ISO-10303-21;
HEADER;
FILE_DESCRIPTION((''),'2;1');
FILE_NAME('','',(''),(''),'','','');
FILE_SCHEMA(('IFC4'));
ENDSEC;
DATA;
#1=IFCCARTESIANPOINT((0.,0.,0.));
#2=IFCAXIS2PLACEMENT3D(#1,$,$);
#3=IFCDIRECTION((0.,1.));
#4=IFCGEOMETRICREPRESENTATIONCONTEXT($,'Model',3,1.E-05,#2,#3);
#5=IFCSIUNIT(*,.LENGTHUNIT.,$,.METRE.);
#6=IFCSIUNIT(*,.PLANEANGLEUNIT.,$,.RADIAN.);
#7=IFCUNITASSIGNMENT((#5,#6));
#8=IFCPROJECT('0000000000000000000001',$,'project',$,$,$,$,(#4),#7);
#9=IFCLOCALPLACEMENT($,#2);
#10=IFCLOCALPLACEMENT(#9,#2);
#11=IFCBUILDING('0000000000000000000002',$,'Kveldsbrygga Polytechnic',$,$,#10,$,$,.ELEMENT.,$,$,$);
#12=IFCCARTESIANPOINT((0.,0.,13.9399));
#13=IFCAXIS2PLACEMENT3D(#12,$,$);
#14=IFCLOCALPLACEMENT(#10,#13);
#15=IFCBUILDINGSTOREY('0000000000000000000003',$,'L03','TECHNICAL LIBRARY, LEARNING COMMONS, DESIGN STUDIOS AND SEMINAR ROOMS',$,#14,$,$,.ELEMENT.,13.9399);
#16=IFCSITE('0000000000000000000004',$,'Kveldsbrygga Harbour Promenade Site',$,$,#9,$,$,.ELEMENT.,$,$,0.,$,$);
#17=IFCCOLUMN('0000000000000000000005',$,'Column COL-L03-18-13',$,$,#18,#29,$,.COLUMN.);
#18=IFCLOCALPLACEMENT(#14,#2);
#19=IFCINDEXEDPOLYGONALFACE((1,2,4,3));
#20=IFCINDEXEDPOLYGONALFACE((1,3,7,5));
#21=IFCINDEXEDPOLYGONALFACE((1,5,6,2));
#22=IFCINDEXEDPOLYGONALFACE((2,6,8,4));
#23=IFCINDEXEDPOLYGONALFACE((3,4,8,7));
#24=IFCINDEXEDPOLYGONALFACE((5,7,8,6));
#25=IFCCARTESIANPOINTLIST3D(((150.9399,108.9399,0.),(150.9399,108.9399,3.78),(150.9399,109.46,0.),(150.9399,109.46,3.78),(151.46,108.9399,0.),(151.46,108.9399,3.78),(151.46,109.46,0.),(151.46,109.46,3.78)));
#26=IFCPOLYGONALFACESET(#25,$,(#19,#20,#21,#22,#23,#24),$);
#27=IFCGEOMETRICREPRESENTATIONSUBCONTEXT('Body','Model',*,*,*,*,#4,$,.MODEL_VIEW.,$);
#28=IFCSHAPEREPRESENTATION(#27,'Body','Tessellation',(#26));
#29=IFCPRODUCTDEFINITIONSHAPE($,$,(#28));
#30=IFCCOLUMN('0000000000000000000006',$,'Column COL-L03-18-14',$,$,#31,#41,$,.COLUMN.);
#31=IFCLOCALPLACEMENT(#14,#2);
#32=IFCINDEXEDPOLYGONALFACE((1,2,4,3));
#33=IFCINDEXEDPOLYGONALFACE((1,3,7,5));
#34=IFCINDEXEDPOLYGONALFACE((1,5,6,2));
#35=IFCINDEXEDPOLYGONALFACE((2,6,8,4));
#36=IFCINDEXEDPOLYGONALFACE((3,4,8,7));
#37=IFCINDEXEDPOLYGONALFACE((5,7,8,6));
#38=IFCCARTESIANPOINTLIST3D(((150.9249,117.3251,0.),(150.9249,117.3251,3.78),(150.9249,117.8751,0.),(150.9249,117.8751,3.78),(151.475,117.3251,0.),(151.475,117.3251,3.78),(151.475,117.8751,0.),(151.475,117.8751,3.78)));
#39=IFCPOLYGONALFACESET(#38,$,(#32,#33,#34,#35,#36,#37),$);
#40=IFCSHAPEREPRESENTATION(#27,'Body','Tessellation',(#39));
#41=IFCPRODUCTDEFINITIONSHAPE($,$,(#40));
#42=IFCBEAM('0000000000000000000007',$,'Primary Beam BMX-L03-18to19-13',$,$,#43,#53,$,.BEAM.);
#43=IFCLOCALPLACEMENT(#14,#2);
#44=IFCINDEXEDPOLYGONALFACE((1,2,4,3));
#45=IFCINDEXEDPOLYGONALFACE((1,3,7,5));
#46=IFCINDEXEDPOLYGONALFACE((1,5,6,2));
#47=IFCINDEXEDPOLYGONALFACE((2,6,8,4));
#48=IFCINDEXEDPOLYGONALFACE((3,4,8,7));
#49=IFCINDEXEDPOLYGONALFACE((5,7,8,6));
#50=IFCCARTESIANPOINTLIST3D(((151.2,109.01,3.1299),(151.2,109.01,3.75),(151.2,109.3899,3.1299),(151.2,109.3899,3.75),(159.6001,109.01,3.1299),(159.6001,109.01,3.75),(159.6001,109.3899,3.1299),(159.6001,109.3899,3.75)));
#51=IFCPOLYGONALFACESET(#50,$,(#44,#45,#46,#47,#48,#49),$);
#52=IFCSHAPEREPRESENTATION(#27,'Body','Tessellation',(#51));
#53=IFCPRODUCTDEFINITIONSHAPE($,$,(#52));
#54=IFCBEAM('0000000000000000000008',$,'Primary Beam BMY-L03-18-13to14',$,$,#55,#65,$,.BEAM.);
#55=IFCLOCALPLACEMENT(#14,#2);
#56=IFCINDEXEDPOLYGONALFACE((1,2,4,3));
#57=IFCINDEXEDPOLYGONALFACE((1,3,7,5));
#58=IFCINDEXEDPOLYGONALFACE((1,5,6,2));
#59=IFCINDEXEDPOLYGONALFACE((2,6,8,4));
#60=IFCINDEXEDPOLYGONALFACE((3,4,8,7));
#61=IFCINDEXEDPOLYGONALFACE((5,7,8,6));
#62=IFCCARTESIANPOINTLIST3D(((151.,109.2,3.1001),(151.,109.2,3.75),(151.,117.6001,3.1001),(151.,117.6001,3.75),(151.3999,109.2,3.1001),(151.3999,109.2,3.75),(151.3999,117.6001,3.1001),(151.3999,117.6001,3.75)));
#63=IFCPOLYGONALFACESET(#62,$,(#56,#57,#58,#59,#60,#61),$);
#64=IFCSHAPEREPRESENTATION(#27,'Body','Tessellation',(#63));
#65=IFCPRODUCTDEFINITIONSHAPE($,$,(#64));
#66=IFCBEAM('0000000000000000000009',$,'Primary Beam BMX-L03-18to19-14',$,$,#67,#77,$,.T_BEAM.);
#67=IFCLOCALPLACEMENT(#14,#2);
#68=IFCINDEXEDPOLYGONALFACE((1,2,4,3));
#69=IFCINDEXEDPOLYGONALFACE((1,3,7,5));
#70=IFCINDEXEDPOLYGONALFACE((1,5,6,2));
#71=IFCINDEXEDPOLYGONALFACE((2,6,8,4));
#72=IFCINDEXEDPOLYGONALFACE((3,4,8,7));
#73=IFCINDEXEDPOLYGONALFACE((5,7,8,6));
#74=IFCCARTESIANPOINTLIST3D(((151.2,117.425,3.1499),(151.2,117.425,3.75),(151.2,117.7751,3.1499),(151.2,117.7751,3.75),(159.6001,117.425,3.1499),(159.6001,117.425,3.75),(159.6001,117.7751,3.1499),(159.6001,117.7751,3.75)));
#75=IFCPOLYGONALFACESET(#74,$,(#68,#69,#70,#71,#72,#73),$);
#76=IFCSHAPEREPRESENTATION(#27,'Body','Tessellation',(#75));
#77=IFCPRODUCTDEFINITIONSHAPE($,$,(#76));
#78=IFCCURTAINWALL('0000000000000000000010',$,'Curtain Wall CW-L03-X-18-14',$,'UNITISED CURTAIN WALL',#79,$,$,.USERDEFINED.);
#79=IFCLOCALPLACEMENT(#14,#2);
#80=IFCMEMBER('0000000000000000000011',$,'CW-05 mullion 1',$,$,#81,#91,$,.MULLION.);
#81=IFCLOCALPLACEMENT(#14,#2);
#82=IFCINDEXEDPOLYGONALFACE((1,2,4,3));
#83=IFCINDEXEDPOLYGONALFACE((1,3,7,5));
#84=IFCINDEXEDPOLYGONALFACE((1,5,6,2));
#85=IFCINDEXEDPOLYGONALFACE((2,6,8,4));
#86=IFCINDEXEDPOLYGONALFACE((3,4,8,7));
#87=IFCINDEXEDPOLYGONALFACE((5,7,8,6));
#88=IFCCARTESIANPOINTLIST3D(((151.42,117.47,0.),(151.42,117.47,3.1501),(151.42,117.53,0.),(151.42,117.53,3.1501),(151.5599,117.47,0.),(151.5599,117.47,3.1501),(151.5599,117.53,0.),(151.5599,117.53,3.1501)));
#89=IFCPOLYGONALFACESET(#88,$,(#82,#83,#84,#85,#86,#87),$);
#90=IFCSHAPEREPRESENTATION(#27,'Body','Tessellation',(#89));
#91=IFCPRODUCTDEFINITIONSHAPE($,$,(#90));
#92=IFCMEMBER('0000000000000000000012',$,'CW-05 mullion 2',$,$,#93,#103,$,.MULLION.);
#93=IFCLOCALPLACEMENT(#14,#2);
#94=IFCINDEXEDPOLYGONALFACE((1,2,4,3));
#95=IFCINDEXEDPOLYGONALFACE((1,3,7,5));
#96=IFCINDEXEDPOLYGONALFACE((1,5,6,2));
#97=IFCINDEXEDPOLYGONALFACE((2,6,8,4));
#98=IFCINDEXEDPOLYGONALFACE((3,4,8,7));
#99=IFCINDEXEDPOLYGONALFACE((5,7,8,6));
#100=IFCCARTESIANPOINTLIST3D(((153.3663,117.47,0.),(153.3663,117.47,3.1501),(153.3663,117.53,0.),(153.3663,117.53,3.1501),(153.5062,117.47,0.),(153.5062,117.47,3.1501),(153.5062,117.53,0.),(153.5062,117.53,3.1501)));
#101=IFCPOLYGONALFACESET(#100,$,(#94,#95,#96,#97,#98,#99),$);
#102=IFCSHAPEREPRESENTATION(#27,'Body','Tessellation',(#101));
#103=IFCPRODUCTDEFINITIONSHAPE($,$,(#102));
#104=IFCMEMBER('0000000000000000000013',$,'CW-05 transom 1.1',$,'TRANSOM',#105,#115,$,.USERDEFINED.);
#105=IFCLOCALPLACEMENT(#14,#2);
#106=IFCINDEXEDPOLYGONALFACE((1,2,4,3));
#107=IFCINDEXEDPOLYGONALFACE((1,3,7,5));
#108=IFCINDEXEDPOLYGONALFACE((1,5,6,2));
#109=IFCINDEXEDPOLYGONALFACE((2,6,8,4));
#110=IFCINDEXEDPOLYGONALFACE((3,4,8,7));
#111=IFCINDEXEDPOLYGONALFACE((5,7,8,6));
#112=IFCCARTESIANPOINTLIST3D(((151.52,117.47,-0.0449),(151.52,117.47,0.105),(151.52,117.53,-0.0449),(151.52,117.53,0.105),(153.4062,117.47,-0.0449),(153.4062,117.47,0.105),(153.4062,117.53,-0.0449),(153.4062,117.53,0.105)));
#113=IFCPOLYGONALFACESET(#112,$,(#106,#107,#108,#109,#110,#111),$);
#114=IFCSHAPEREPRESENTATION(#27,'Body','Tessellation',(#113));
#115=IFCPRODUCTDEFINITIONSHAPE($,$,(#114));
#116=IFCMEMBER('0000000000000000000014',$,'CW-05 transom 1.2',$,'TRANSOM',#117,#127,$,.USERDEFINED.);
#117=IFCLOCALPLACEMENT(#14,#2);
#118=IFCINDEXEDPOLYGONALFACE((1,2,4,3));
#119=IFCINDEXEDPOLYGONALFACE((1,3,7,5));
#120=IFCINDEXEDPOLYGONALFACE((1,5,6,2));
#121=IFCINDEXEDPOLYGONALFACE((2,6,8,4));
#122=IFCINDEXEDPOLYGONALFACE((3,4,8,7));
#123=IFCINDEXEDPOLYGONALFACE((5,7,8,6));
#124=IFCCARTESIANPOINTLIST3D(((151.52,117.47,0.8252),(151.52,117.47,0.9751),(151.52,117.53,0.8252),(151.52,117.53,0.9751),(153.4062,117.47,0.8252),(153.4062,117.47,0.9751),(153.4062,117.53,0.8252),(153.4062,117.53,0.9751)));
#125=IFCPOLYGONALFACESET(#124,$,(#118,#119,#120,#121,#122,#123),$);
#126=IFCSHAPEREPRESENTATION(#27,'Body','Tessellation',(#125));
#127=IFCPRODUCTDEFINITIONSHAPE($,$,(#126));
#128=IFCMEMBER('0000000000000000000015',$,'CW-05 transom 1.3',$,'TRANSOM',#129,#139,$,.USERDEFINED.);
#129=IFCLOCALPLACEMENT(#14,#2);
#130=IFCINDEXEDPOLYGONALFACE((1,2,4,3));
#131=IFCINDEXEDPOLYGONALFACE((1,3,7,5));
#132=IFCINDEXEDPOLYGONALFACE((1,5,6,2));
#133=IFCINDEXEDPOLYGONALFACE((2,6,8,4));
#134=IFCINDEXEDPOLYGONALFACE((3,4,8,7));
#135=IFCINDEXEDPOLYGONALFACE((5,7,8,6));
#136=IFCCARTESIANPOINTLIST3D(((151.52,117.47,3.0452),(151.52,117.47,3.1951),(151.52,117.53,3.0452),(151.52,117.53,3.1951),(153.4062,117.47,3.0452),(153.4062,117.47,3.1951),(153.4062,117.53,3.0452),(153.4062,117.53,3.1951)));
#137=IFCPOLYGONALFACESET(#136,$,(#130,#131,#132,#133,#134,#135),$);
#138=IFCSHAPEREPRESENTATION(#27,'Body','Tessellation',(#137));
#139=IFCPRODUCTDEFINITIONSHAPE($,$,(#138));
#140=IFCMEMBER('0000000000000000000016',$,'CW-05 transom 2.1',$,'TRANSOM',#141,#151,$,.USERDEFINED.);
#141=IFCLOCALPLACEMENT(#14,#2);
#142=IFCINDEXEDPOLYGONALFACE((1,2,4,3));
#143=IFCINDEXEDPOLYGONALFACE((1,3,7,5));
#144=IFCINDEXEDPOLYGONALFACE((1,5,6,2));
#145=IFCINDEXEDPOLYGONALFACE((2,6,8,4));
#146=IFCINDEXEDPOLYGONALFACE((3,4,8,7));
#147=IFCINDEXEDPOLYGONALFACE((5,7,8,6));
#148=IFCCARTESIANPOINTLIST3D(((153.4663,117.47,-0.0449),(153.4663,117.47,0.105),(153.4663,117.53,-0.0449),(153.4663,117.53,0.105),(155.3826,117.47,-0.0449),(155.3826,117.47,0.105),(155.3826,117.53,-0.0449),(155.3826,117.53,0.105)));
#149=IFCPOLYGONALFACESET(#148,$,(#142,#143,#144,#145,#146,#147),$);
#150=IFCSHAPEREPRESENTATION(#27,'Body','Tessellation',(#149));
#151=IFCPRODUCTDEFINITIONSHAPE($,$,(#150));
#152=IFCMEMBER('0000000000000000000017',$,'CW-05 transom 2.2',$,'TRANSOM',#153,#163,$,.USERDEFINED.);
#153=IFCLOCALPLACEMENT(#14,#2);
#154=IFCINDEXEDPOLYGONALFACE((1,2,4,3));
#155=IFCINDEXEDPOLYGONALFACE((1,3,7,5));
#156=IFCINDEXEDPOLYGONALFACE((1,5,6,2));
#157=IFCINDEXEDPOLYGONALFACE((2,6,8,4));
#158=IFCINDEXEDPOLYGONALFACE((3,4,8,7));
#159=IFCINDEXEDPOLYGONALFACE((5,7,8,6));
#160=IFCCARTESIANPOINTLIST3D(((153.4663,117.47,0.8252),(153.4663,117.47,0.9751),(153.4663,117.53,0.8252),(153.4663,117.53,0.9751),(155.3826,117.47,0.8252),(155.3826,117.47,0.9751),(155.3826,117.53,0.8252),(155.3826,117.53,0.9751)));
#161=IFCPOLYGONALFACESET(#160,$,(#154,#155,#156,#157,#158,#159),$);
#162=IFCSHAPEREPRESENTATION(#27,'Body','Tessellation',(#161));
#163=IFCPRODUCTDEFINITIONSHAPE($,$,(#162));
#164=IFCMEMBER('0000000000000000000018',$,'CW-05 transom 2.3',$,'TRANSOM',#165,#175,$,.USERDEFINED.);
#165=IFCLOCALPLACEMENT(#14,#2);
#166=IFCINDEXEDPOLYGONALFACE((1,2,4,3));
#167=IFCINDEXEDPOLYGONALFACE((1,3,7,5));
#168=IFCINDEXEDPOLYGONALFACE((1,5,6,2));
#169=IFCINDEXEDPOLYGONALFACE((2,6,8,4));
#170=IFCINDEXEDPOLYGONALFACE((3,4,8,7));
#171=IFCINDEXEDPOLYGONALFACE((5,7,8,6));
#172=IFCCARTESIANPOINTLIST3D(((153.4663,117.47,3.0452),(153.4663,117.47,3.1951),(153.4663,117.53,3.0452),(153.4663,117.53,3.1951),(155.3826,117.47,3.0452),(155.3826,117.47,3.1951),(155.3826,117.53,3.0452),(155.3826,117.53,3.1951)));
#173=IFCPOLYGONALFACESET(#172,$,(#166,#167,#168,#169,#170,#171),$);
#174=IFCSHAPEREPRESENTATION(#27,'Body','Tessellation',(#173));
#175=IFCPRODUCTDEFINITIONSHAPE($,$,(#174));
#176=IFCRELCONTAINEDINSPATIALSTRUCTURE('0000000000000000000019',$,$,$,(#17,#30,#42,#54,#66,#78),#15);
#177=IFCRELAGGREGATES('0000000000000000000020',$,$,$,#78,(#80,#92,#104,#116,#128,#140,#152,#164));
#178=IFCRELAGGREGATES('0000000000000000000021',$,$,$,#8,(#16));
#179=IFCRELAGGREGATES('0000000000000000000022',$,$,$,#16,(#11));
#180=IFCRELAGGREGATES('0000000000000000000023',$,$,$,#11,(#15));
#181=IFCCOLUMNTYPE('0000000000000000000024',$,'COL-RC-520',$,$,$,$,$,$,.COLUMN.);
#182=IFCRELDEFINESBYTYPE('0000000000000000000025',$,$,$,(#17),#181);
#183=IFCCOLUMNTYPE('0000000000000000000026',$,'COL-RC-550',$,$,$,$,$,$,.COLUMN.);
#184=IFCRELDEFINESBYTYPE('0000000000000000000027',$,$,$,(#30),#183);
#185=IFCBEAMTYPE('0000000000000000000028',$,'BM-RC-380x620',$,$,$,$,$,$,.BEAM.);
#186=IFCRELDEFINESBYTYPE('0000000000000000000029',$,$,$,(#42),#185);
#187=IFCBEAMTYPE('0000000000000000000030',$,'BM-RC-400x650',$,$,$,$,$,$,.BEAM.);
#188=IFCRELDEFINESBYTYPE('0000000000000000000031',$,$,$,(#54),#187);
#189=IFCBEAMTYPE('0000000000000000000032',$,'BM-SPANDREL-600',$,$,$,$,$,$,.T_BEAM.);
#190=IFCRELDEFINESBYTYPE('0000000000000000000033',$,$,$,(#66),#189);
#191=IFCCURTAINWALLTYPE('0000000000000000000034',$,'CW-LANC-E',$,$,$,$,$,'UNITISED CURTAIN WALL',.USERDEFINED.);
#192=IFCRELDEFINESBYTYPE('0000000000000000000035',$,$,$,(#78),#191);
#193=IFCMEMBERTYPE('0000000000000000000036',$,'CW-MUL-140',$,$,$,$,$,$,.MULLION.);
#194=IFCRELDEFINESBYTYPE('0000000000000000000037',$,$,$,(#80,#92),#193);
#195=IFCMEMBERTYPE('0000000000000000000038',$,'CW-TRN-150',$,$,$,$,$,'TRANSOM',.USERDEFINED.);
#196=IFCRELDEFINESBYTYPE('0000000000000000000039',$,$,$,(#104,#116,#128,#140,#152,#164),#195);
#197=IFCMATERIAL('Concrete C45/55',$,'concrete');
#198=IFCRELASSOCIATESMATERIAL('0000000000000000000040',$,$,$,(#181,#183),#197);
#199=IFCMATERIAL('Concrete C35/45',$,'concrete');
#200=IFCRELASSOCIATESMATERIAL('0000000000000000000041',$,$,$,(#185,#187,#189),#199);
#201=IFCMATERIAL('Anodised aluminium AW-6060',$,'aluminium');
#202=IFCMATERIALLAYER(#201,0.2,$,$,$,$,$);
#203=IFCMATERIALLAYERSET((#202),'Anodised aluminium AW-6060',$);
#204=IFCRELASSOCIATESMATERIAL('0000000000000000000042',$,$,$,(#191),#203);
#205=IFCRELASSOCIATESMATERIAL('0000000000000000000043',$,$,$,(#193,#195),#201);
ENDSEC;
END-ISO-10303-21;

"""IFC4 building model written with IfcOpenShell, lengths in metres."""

from ifc_helpers import new_model, si_unit, direction, frame, origin, origin_2d, place, context, subcontext, project, spatial, rectangle, extrude, material, layer, layer_set, material_profile, profile_set, type_object, element, aggregate, save


model = new_model("IFC4")

# Units and contexts
model_context = context("Model", 3, precision=1e-05, world=origin(), true_north=direction((0.0, 1.0)))
body_context = subcontext(model_context, "Body", "Model", "MODEL_VIEW")
ifc_project = project(units=[si_unit("LENGTHUNIT", "METRE"), si_unit("PLANEANGLEUNIT", "RADIAN")], contexts=[model_context])

# Site, building, storey
site_placement = place(None, origin())
site = spatial("IfcSite", under=ifc_project, at=site_placement, Name="Kveldsbrygga Harbour Promenade Site", CompositionType="ELEMENT", RefElevation=0.0)
building_placement = place(site_placement, origin())
building = spatial("IfcBuilding", under=site, at=building_placement, Name="Kveldsbrygga Polytechnic", CompositionType="ELEMENT")
storey_placement = place(building_placement, frame((0.0, 0.0, 13.9399)))
storey = spatial("IfcBuildingStorey", under=building, at=storey_placement, Name="L03", Description="TECHNICAL LIBRARY, LEARNING COMMONS, DESIGN STUDIOS AND SEMINAR ROOMS", CompositionType="ELEMENT", Elevation=13.9399)

# Columns
ifc_material_1 = material(Name="Concrete C45/55", Category="concrete")
ifc_material_profile_1 = material_profile(ifc_material_1, rectangle(XDim=0.52, YDim=0.52, at=origin_2d()), Name="RC 520x520")
ifc_profile_set_1 = profile_set([ifc_material_profile_1], Name="Concrete C45/55")
column_type_1 = type_object("IfcColumnType", Name="COL-RC-520", PredefinedType="COLUMN", material=ifc_profile_set_1)
column_1_placement = place(storey_placement, frame((151.2, 109.2, 0.0), z_axis=(0.0, 0.0, 1.0), x_axis=(1.0, 0.0, 0.0)))
element("IfcColumn", 1, at=column_1_placement, inside=storey, type_object=column_type_1, Name="Column COL-L03-18-13", PredefinedType="COLUMN", context=body_context, shape_type="SweptSolid", body=[
    extrude(rectangle(XDim=0.52, YDim=0.52, at=origin_2d()), origin(), (0.0, 0.0, 1.0), 3.78),
])
ifc_material_profile_2 = material_profile(ifc_material_1, rectangle(XDim=0.55, YDim=0.55, at=origin_2d()), Name="RC 550x550")
ifc_profile_set_2 = profile_set([ifc_material_profile_2], Name="Concrete C45/55")
column_type_2 = type_object("IfcColumnType", Name="COL-RC-550", PredefinedType="COLUMN", material=ifc_profile_set_2)
column_2_placement = place(storey_placement, frame((151.2, 117.6001, 0.0), z_axis=(0.0, 0.0, 1.0), x_axis=(1.0, 0.0, 0.0)))
element("IfcColumn", 2, at=column_2_placement, inside=storey, type_object=column_type_2, Name="Column COL-L03-18-14", PredefinedType="COLUMN", context=body_context, shape_type="SweptSolid", body=[
    extrude(rectangle(XDim=0.55, YDim=0.55, at=origin_2d()), origin(), (0.0, 0.0, 1.0), 3.78),
])

# Beams
ifc_material_2 = material(Name="Concrete C35/45", Category="concrete")
ifc_material_profile_3 = material_profile(ifc_material_2, rectangle(XDim=0.3799, YDim=0.6201, at=origin_2d()), Name="RC 380x620")
ifc_profile_set_3 = profile_set([ifc_material_profile_3], Name="Concrete C35/45")
beam_type_1 = type_object("IfcBeamType", Name="BM-RC-380x620", PredefinedType="BEAM", material=ifc_profile_set_3)
beam_1_placement = place(storey_placement, frame((151.2, 109.2, 3.4399), z_axis=(1.0, 0.0, 0.0), x_axis=(0.0, 1.0, 0.0)))
element("IfcBeam", 3, at=beam_1_placement, inside=storey, type_object=beam_type_1, Name="Primary Beam BMX-L03-18to19-13", PredefinedType="BEAM", context=body_context, shape_type="SweptSolid", body=[
    extrude(rectangle(XDim=0.3799, YDim=0.6201, at=origin_2d()), origin(), (0.0, 0.0, 1.0), 8.4001),
])
ifc_material_profile_4 = material_profile(ifc_material_2, rectangle(XDim=0.3999, YDim=0.6499, at=origin_2d()), Name="RC 400x650")
ifc_profile_set_4 = profile_set([ifc_material_profile_4], Name="Concrete C35/45")
beam_type_2 = type_object("IfcBeamType", Name="BM-RC-400x650", PredefinedType="BEAM", material=ifc_profile_set_4)
beam_2_placement = place(storey_placement, frame((151.2, 109.2, 3.425), z_axis=(0.0, 1.0, 0.0), x_axis=(-1.0, 0.0, 0.0)))
element("IfcBeam", 4, at=beam_2_placement, inside=storey, type_object=beam_type_2, Name="Primary Beam BMY-L03-18-13to14", PredefinedType="BEAM", context=body_context, shape_type="SweptSolid", body=[
    extrude(rectangle(XDim=0.3999, YDim=0.6499, at=origin_2d()), origin(), (0.0, 0.0, 1.0), 8.4001),
])
ifc_material_profile_5 = material_profile(ifc_material_2, rectangle(XDim=0.3501, YDim=0.6001, at=origin_2d()), Name="RC 350x600")
ifc_profile_set_5 = profile_set([ifc_material_profile_5], Name="Concrete C35/45")
beam_type_3 = type_object("IfcBeamType", Name="BM-SPANDREL-600", PredefinedType="T_BEAM", material=ifc_profile_set_5)
beam_3_placement = place(storey_placement, frame((151.2, 117.6001, 3.45), z_axis=(1.0, 0.0, 0.0), x_axis=(0.0, 1.0, 0.0)))
element("IfcBeam", 5, at=beam_3_placement, inside=storey, type_object=beam_type_3, Name="Primary Beam BMX-L03-18to19-14", PredefinedType="T_BEAM", context=body_context, shape_type="SweptSolid", body=[
    extrude(rectangle(XDim=0.3501, YDim=0.6001, at=origin_2d()), origin(), (0.0, 0.0, 1.0), 8.4001),
])

# Curtain wall, members
ifc_material_3 = material(Name="Anodised aluminium AW-6060", Category="aluminium")
ifc_layer_1 = layer(ifc_material_3, 0.2)
ifc_layer_set_1 = layer_set([ifc_layer_1], Name="Anodised aluminium AW-6060")
curtain_wall_type = type_object("IfcCurtainWallType", Name="CW-LANC-E", ElementType="UNITISED CURTAIN WALL", PredefinedType="USERDEFINED", material=ifc_layer_set_1)
curtain_wall_placement = place(storey_placement, origin())
curtain_wall = element("IfcCurtainWall", 6, at=curtain_wall_placement, inside=storey, type_object=curtain_wall_type, Name="Curtain Wall CW-L03-X-18-14", ObjectType="UNITISED CURTAIN WALL", PredefinedType="USERDEFINED")
ifc_material_profile_6 = material_profile(ifc_material_3, rectangle(XDim=0.0601, YDim=0.1399, at=origin_2d()), Name="ALU 60x140")
ifc_profile_set_6 = profile_set([ifc_material_profile_6], Name="Anodised aluminium AW-6060")
member_type_1 = type_object("IfcMemberType", Name="CW-MUL-140", PredefinedType="MULLION", material=ifc_profile_set_6)
member_1_placement = place(storey_placement, frame((151.49, 117.5, 0.0), z_axis=(0.0, 0.0, 1.0), x_axis=(0.0, 1.0, 0.0)))
member_1 = element("IfcMember", 7, at=member_1_placement, type_object=member_type_1, Name="CW-05 mullion 1", PredefinedType="MULLION", context=body_context, shape_type="SweptSolid", body=[
    extrude(rectangle(XDim=0.0601, YDim=0.1399, at=origin_2d()), origin(), (0.0, 0.0, 1.0), 3.1501),
])
member_2_placement = place(storey_placement, frame((153.4363, 117.5, 0.0), z_axis=(0.0, 0.0, 1.0), x_axis=(0.0, 1.0, 0.0)))
member_2 = element("IfcMember", 8, at=member_2_placement, type_object=member_type_1, Name="CW-05 mullion 2", PredefinedType="MULLION", context=body_context, shape_type="SweptSolid", body=[
    extrude(rectangle(XDim=0.0601, YDim=0.1399, at=origin_2d()), origin(), (0.0, 0.0, 1.0), 3.1501),
])
ifc_material_profile_7 = material_profile(ifc_material_3, rectangle(XDim=0.0601, YDim=0.1499, at=origin_2d()), Name="ALU 60x150")
ifc_profile_set_7 = profile_set([ifc_material_profile_7], Name="Anodised aluminium AW-6060")
member_type_2 = type_object("IfcMemberType", Name="CW-TRN-150", ElementType="TRANSOM", PredefinedType="USERDEFINED", material=ifc_profile_set_7)
member_3_placement = place(storey_placement, frame((151.52, 117.5, 0.03), z_axis=(1.0, 0.0, 0.0), x_axis=(0.0, 1.0, 0.0)))
member_3 = element("IfcMember", 9, at=member_3_placement, type_object=member_type_2, Name="CW-05 transom 1.1", ObjectType="TRANSOM", PredefinedType="USERDEFINED", context=body_context, shape_type="SweptSolid", body=[
    extrude(rectangle(XDim=0.0601, YDim=0.1499, at=origin_2d()), origin(), (0.0, 0.0, 1.0), 1.8862),
])
member_4_placement = place(storey_placement, frame((151.52, 117.5, 0.9001), z_axis=(1.0, 0.0, 0.0), x_axis=(0.0, 1.0, 0.0)))
member_4 = element("IfcMember", 10, at=member_4_placement, type_object=member_type_2, Name="CW-05 transom 1.2", ObjectType="TRANSOM", PredefinedType="USERDEFINED", context=body_context, shape_type="SweptSolid", body=[
    extrude(rectangle(XDim=0.0601, YDim=0.1499, at=origin_2d()), origin(), (0.0, 0.0, 1.0), 1.8862),
])
member_5_placement = place(storey_placement, frame((151.52, 117.5, 3.1201), z_axis=(1.0, 0.0, 0.0), x_axis=(0.0, 1.0, 0.0)))
member_5 = element("IfcMember", 11, at=member_5_placement, type_object=member_type_2, Name="CW-05 transom 1.3", ObjectType="TRANSOM", PredefinedType="USERDEFINED", context=body_context, shape_type="SweptSolid", body=[
    extrude(rectangle(XDim=0.0601, YDim=0.1499, at=origin_2d()), origin(), (0.0, 0.0, 1.0), 1.8862),
])
member_6_placement = place(storey_placement, frame((153.4663, 117.5, 0.03), z_axis=(1.0, 0.0, 0.0), x_axis=(0.0, 1.0, 0.0)))
member_6 = element("IfcMember", 12, at=member_6_placement, type_object=member_type_2, Name="CW-05 transom 2.1", ObjectType="TRANSOM", PredefinedType="USERDEFINED", context=body_context, shape_type="SweptSolid", body=[
    extrude(rectangle(XDim=0.0601, YDim=0.1499, at=origin_2d()), origin(), (0.0, 0.0, 1.0), 1.9163),
])
member_7_placement = place(storey_placement, frame((153.4663, 117.5, 0.9001), z_axis=(1.0, 0.0, 0.0), x_axis=(0.0, 1.0, 0.0)))
member_7 = element("IfcMember", 13, at=member_7_placement, type_object=member_type_2, Name="CW-05 transom 2.2", ObjectType="TRANSOM", PredefinedType="USERDEFINED", context=body_context, shape_type="SweptSolid", body=[
    extrude(rectangle(XDim=0.0601, YDim=0.1499, at=origin_2d()), origin(), (0.0, 0.0, 1.0), 1.9163),
])
member_8_placement = place(storey_placement, frame((153.4663, 117.5, 3.1201), z_axis=(1.0, 0.0, 0.0), x_axis=(0.0, 1.0, 0.0)))
member_8 = element("IfcMember", 14, at=member_8_placement, type_object=member_type_2, Name="CW-05 transom 2.3", ObjectType="TRANSOM", PredefinedType="USERDEFINED", context=body_context, shape_type="SweptSolid", body=[
    extrude(rectangle(XDim=0.0601, YDim=0.1499, at=origin_2d()), origin(), (0.0, 0.0, 1.0), 1.9163),
])

aggregate(curtain_wall, [member_1, member_2, member_3, member_4, member_5, member_6, member_7, member_8])

save(model, "model.ifc")
